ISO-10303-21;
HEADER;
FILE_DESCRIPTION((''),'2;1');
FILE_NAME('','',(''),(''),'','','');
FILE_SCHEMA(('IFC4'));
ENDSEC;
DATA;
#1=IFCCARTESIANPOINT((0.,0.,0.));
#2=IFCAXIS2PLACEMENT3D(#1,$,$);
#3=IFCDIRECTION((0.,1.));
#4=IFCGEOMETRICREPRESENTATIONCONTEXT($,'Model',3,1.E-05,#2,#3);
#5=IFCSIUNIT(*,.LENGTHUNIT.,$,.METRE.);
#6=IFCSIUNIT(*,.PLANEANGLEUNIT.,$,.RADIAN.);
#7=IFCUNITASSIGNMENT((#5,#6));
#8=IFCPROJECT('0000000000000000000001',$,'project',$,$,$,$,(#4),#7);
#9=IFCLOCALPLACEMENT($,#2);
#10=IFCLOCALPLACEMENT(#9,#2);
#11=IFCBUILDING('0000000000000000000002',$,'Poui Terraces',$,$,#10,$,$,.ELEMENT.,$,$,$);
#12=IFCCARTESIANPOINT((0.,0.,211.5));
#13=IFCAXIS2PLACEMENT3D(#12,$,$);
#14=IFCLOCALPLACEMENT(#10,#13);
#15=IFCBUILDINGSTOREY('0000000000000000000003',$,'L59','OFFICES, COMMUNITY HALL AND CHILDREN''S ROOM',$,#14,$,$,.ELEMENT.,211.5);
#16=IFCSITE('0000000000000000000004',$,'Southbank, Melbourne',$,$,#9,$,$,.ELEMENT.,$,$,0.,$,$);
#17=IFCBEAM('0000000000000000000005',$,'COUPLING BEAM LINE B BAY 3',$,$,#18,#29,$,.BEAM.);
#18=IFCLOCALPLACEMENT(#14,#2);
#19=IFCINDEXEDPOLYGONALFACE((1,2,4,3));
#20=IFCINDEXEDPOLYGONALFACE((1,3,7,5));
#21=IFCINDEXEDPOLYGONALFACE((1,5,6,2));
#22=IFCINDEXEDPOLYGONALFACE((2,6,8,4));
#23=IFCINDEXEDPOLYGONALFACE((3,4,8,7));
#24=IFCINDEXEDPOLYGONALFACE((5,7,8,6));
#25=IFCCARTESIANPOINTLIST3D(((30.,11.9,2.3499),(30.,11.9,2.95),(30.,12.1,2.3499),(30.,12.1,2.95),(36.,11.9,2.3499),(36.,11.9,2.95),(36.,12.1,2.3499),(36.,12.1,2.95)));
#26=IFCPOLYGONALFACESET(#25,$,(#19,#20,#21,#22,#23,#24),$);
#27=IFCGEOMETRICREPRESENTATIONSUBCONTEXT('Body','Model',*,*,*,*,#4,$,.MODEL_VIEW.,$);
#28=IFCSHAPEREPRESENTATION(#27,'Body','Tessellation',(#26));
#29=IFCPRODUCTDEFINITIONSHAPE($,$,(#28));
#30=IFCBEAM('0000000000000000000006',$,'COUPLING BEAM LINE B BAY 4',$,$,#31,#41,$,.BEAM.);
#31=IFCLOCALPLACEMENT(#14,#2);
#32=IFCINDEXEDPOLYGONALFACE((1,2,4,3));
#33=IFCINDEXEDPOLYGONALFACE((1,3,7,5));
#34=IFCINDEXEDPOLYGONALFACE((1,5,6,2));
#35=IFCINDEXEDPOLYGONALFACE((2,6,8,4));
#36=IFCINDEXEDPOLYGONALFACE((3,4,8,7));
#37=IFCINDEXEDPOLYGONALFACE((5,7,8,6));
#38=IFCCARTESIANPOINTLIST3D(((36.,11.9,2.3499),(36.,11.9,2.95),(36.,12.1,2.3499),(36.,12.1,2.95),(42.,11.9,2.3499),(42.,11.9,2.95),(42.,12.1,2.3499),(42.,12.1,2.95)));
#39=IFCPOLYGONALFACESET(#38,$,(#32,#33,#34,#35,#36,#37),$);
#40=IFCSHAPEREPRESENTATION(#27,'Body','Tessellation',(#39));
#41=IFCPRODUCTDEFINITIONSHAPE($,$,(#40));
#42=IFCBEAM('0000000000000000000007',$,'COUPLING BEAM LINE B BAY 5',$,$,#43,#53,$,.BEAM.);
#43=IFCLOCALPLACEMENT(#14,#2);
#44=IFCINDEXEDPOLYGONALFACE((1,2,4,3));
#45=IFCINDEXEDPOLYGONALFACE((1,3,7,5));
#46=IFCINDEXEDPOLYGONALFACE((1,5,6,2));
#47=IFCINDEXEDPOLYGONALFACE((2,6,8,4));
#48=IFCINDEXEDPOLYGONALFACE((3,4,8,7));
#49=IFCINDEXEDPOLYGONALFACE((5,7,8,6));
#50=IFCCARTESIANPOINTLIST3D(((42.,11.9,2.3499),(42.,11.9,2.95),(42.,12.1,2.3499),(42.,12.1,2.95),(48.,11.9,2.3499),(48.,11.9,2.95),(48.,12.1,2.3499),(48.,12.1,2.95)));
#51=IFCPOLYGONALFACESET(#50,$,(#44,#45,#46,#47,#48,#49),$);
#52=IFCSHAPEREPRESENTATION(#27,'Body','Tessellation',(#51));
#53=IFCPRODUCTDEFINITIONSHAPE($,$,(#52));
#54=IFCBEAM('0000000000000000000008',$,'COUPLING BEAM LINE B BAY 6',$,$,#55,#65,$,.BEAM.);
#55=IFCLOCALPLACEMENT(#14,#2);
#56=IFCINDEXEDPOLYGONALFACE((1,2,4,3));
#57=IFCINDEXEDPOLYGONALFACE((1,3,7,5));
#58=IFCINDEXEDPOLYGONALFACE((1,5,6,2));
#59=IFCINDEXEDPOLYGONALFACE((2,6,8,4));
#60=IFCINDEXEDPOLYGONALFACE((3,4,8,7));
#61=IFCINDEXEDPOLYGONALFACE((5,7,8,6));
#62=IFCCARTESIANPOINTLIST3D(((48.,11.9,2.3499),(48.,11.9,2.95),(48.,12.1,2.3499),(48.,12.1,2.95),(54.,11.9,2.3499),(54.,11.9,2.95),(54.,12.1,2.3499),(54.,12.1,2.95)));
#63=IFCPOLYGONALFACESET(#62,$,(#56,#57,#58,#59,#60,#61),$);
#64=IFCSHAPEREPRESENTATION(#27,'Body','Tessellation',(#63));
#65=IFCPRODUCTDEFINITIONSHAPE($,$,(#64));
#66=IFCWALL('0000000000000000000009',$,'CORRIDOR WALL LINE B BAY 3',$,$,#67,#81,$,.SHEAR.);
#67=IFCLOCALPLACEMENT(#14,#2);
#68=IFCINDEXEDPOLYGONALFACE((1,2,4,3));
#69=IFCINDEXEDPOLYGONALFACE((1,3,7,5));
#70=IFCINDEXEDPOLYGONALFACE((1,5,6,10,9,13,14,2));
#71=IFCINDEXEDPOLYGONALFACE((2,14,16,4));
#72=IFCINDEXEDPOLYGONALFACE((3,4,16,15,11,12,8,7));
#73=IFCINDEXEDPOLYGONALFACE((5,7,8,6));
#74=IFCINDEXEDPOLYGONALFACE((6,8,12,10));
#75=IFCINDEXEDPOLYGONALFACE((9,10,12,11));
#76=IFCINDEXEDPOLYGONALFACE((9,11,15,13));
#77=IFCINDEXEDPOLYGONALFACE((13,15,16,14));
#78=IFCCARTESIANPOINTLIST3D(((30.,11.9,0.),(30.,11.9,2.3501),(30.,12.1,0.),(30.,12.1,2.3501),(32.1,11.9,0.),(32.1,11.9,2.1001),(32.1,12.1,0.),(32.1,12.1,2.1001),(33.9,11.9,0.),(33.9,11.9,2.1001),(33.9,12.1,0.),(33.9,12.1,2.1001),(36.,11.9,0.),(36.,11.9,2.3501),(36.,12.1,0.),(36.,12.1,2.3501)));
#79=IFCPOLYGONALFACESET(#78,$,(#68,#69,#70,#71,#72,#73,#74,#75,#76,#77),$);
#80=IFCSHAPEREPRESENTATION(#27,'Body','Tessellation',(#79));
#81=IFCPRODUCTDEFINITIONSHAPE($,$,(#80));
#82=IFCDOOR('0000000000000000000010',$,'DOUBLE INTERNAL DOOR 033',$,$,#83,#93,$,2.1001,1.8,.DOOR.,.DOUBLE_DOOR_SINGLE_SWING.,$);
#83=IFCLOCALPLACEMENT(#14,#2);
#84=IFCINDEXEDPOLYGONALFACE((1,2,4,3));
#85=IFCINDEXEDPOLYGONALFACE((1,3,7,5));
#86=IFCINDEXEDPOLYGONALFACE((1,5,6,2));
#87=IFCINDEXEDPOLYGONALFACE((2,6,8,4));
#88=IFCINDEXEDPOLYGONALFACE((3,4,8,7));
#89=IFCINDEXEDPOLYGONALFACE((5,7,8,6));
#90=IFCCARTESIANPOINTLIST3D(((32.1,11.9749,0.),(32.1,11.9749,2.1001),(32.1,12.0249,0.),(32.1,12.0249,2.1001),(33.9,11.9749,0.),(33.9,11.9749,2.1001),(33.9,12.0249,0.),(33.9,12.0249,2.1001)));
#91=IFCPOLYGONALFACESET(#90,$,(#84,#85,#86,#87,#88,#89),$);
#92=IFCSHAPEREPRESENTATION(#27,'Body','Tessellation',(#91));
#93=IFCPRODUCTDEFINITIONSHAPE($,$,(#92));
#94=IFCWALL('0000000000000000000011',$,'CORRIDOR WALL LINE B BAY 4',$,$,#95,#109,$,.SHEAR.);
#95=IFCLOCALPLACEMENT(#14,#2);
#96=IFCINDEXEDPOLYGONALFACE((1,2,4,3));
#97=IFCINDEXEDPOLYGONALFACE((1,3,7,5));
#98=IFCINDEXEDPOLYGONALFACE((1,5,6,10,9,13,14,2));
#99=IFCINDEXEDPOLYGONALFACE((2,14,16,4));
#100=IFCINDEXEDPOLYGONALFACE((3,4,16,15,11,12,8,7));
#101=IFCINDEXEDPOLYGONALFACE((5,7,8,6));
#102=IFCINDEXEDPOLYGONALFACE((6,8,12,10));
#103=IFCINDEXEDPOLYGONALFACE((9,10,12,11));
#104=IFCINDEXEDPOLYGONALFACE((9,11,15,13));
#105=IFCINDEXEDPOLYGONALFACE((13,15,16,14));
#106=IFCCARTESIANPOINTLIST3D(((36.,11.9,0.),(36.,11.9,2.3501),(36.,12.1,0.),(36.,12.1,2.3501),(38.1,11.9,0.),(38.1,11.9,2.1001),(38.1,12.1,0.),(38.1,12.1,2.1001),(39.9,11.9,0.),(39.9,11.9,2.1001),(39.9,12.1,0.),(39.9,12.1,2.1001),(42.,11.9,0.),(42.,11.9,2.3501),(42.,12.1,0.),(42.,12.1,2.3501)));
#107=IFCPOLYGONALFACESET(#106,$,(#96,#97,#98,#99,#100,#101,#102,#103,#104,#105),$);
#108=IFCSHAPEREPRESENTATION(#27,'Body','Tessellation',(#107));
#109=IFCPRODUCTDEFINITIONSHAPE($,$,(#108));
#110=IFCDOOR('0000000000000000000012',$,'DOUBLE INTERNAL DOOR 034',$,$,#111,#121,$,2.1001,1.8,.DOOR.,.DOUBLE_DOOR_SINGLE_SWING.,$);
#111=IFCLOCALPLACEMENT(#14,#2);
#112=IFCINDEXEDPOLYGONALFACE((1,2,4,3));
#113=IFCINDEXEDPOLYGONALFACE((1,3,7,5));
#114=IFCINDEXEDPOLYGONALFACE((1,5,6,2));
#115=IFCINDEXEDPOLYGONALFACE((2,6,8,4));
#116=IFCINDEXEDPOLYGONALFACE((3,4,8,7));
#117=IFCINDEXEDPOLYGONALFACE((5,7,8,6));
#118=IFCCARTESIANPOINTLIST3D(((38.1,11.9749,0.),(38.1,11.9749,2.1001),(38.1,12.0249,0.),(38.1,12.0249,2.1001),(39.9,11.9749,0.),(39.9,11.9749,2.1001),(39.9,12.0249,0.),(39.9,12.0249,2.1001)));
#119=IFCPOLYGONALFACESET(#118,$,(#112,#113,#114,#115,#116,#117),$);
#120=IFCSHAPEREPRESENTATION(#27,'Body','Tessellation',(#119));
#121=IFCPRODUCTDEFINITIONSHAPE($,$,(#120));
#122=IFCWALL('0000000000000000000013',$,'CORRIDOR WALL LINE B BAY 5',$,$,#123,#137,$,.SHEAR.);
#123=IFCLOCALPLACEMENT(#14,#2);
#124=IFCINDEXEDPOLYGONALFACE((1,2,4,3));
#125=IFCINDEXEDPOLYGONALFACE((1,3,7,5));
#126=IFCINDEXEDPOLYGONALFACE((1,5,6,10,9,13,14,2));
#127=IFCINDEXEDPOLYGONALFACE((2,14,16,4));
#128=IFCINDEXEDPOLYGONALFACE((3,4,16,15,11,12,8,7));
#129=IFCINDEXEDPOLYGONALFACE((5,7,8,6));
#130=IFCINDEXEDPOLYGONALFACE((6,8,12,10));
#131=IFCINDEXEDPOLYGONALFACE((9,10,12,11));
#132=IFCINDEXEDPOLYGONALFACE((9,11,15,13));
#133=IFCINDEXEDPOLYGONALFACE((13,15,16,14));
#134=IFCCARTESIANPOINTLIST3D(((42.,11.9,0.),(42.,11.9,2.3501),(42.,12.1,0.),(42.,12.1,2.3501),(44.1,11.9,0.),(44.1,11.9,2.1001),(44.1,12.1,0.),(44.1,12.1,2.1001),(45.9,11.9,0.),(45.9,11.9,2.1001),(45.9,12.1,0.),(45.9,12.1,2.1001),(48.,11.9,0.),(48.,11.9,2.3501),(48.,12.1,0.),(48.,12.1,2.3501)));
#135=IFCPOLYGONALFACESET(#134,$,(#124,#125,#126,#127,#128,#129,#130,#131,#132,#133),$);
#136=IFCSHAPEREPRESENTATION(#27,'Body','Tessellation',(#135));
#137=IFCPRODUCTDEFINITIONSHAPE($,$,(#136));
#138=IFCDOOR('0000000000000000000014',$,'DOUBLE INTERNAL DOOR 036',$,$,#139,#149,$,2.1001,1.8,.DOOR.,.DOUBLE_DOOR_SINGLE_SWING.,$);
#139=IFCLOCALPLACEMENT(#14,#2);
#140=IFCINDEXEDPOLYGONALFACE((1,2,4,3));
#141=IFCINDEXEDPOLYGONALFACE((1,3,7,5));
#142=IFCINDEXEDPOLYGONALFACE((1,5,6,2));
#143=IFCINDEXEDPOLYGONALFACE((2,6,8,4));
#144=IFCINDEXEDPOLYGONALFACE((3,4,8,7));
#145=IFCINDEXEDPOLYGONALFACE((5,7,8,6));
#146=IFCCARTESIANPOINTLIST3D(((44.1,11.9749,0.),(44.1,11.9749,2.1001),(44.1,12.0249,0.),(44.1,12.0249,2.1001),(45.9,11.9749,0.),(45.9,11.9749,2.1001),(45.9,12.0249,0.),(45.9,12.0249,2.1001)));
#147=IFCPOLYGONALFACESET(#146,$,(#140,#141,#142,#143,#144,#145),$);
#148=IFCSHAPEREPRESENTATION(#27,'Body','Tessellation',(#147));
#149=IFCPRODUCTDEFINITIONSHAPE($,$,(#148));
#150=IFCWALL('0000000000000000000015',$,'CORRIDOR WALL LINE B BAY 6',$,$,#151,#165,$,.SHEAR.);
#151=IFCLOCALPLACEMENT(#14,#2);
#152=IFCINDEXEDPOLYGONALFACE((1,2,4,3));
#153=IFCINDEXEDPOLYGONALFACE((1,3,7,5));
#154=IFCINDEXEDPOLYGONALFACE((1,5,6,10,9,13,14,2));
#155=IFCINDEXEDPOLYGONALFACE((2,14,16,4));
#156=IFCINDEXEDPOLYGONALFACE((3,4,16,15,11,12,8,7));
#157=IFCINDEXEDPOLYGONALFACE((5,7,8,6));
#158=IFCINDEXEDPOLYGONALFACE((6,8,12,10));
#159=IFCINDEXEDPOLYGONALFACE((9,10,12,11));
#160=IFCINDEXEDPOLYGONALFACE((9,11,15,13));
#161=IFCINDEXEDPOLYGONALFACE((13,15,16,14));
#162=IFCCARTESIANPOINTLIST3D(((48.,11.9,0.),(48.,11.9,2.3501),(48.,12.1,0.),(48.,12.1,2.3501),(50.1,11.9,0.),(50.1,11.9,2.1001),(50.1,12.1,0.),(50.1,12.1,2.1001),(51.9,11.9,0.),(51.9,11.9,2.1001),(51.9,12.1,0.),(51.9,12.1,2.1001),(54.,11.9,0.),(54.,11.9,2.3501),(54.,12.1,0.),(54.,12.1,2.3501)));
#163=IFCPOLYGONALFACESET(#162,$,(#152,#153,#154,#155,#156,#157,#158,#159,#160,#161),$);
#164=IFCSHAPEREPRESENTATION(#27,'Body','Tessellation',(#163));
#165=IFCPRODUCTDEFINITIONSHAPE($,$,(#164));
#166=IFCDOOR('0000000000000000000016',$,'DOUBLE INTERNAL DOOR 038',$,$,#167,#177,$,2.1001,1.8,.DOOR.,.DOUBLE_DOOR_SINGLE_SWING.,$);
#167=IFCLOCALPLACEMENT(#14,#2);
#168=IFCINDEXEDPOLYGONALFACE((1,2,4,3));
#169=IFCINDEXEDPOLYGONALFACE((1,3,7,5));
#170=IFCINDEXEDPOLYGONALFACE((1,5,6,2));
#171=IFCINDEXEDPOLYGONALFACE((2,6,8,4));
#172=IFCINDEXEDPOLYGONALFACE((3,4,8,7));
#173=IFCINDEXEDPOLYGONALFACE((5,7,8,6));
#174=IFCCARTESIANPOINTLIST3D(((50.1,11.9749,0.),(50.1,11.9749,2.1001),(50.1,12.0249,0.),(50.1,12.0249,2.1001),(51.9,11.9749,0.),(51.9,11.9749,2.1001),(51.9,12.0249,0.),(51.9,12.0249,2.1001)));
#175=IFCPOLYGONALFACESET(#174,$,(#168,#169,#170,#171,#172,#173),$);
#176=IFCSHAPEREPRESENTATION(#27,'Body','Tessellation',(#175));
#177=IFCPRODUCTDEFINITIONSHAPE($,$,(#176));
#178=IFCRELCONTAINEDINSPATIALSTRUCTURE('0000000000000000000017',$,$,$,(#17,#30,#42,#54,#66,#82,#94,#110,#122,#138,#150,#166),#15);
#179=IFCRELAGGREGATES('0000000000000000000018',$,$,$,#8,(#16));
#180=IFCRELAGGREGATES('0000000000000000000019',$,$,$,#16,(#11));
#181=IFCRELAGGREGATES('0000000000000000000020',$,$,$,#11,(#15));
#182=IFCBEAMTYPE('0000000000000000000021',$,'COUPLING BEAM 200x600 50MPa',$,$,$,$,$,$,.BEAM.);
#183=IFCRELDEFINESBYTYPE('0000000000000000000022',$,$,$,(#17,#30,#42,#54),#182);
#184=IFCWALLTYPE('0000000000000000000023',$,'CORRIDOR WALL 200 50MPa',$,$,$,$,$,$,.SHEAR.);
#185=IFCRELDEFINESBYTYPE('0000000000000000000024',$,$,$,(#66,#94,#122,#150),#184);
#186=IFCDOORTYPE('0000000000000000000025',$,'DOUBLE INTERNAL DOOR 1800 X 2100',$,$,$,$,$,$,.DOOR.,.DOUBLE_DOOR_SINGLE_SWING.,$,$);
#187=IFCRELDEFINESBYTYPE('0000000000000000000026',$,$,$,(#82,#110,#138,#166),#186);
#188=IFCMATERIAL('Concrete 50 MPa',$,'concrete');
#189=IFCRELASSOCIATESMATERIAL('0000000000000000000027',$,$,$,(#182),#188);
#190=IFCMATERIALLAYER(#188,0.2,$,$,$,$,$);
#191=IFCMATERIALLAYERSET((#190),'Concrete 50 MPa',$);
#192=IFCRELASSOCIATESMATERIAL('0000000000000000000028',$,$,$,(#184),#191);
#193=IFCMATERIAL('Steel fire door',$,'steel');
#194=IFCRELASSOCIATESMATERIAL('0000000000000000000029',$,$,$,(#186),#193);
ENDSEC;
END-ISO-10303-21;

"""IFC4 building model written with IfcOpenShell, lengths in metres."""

from ifc_helpers import new_model, si_unit, direction, frame, frame_2d, origin, origin_2d, place, context, subcontext, project, spatial, rectangle, extrude, source, transform, mapped, material, layer, layer_set, material_profile, profile_set, type_object, element, fill, save


model = new_model("IFC4")

# Units and contexts
model_context = context("Model", 3, precision=1e-05, world=origin(), true_north=direction((0.0, 1.0)))
body_context = subcontext(model_context, "Body", "Model", "MODEL_VIEW")
ifc_project = project(units=[si_unit("LENGTHUNIT", "METRE"), si_unit("PLANEANGLEUNIT", "RADIAN")], contexts=[model_context])

# Site, building, storey
site_placement = place(None, origin())
site = spatial("IfcSite", under=ifc_project, at=site_placement, Name="Southbank, Melbourne", CompositionType="ELEMENT", RefElevation=0.0)
building_placement = place(site_placement, origin())
building = spatial("IfcBuilding", under=site, at=building_placement, Name="Poui Terraces", CompositionType="ELEMENT")
storey_placement = place(building_placement, frame((0.0, 0.0, 211.5)))
storey = spatial("IfcBuildingStorey", under=building, at=storey_placement, Name="L59", Description="OFFICES, COMMUNITY HALL AND CHILDREN'S ROOM", CompositionType="ELEMENT", Elevation=211.5)

# Beams
ifc_material_1 = material(Name="Concrete 50 MPa", Category="concrete")
ifc_material_profile = material_profile(ifc_material_1, rectangle(XDim=0.2, YDim=0.6001, at=origin_2d()), Name="RC 200x600")
ifc_profile_set = profile_set([ifc_material_profile], Name="Concrete 50 MPa")
beam_type = type_object("IfcBeamType", Name="COUPLING BEAM 200x600 50MPa", PredefinedType="BEAM", material=ifc_profile_set)
shared_shape = source(origin(), body_context, "Body", "SweptSolid", [
    extrude(rectangle(XDim=0.2, YDim=0.6001, at=origin_2d()), origin(), (0.0, 0.0, 1.0), 6.0),
])
for number, where, z_axis, x_axis, name in (
    (1, (30.0, 12.0, 2.6499), (1.0, 0.0, 0.0), (0.0, 1.0, 0.0), "COUPLING BEAM LINE B BAY 3"),
    (2, (36.0, 12.0, 2.6499), (1.0, 0.0, 0.0), (0.0, 1.0, 0.0), "COUPLING BEAM LINE B BAY 4"),
    (3, (42.0, 12.0, 2.6499), (1.0, 0.0, 0.0), (0.0, 1.0, 0.0), "COUPLING BEAM LINE B BAY 5"),
    (4, (48.0, 12.0, 2.6499), (1.0, 0.0, 0.0), (0.0, 1.0, 0.0), "COUPLING BEAM LINE B BAY 6"),
):
    element("IfcBeam", number, at=place(storey_placement, frame(where, z_axis=z_axis, x_axis=x_axis)), inside=storey, type_object=beam_type, Name=name, PredefinedType="BEAM", context=body_context, shape_type="MappedRepresentation", body=[
        mapped(shared_shape, transform((0.0, 0.0, 0.0))),
    ])

# Walls, openings, doors
ifc_layer_1 = layer(ifc_material_1, 0.2)
ifc_layer_set_1 = layer_set([ifc_layer_1], Name="Concrete 50 MPa")
wall_type_1 = type_object("IfcWallType", Name="CORRIDOR WALL 200 50MPa", PredefinedType="SHEAR", material=ifc_layer_set_1)
wall_1_placement = place(storey_placement, frame((30.0, 12.0, 0.0), z_axis=(0.0, 0.0, 1.0), x_axis=(1.0, 0.0, 0.0)))
wall_1 = element("IfcWall", 5, at=wall_1_placement, inside=storey, type_object=wall_type_1, Name="CORRIDOR WALL LINE B BAY 3", PredefinedType="SHEAR", context=body_context, shape_type="SweptSolid", body=[
    extrude(rectangle(XDim=6.0, YDim=0.2, at=frame_2d((3.0, 0.0))), origin(), (0.0, 0.0, 1.0), 2.3501),
])
opening_1_placement = place(wall_1_placement, frame((2.1001, 0.0, 0.0)))
opening_1 = element("IfcOpeningElement", 6, at=opening_1_placement, cuts=wall_1, PredefinedType="OPENING", context=body_context, shape_type="SweptSolid", body=[
    extrude(rectangle(XDim=1.8, YDim=2.1001, at=frame_2d((0.8999, 1.05))), frame((0.0, 0.1099, 0.0), z_axis=(0.0, -1.0, 0.0), x_axis=(1.0, 0.0, 0.0)), (0.0, 0.0, 1.0), 0.22),
])
ifc_material_2 = material(Name="Steel fire door", Category="steel")
door_type = type_object("IfcDoorType", Name="DOUBLE INTERNAL DOOR 1800 X 2100", OperationType="DOUBLE_DOOR_SINGLE_SWING", PredefinedType="DOOR", material=ifc_material_2)
door_1_placement = place(opening_1_placement, origin())
door_1 = element("IfcDoor", 7, at=door_1_placement, inside=storey, type_object=door_type, Name="DOUBLE INTERNAL DOOR 033", OperationType="DOUBLE_DOOR_SINGLE_SWING", OverallHeight=2.1001, OverallWidth=1.8, PredefinedType="DOOR", context=body_context, shape_type="SweptSolid", body=[
    extrude(rectangle(XDim=1.8, YDim=2.1001, at=frame_2d((0.8999, 1.05))), frame((0.0, 0.0249, 0.0), z_axis=(0.0, -1.0, 0.0), x_axis=(1.0, 0.0, 0.0)), (0.0, 0.0, 1.0), 0.05),
])
fill(opening_1, door_1)
wall_2_placement = place(storey_placement, frame((36.0, 12.0, 0.0), z_axis=(0.0, 0.0, 1.0), x_axis=(1.0, 0.0, 0.0)))
wall_2 = element("IfcWall", 8, at=wall_2_placement, inside=storey, type_object=wall_type_1, Name="CORRIDOR WALL LINE B BAY 4", PredefinedType="SHEAR", context=body_context, shape_type="SweptSolid", body=[
    extrude(rectangle(XDim=6.0, YDim=0.2, at=frame_2d((3.0, 0.0))), origin(), (0.0, 0.0, 1.0), 2.3501),
])
opening_2_placement = place(wall_2_placement, frame((2.1001, 0.0, 0.0)))
opening_2 = element("IfcOpeningElement", 9, at=opening_2_placement, cuts=wall_2, PredefinedType="OPENING", context=body_context, shape_type="SweptSolid", body=[
    extrude(rectangle(XDim=1.8, YDim=2.1001, at=frame_2d((0.8999, 1.05))), frame((0.0, 0.1099, 0.0), z_axis=(0.0, -1.0, 0.0), x_axis=(1.0, 0.0, 0.0)), (0.0, 0.0, 1.0), 0.22),
])
door_2_placement = place(opening_2_placement, origin())
door_2 = element("IfcDoor", 10, at=door_2_placement, inside=storey, type_object=door_type, Name="DOUBLE INTERNAL DOOR 034", OperationType="DOUBLE_DOOR_SINGLE_SWING", OverallHeight=2.1001, OverallWidth=1.8, PredefinedType="DOOR", context=body_context, shape_type="SweptSolid", body=[
    extrude(rectangle(XDim=1.8, YDim=2.1001, at=frame_2d((0.8999, 1.05))), frame((0.0, 0.0249, 0.0), z_axis=(0.0, -1.0, 0.0), x_axis=(1.0, 0.0, 0.0)), (0.0, 0.0, 1.0), 0.05),
])
fill(opening_2, door_2)
wall_3_placement = place(storey_placement, frame((42.0, 12.0, 0.0), z_axis=(0.0, 0.0, 1.0), x_axis=(1.0, 0.0, 0.0)))
wall_3 = element("IfcWall", 11, at=wall_3_placement, inside=storey, type_object=wall_type_1, Name="CORRIDOR WALL LINE B BAY 5", PredefinedType="SHEAR", context=body_context, shape_type="SweptSolid", body=[
    extrude(rectangle(XDim=6.0, YDim=0.2, at=frame_2d((3.0, 0.0))), origin(), (0.0, 0.0, 1.0), 2.3501),
])
opening_3_placement = place(wall_3_placement, frame((2.1001, 0.0, 0.0)))
opening_3 = element("IfcOpeningElement", 12, at=opening_3_placement, cuts=wall_3, PredefinedType="OPENING", context=body_context, shape_type="SweptSolid", body=[
    extrude(rectangle(XDim=1.8, YDim=2.1001, at=frame_2d((0.8999, 1.05))), frame((0.0, 0.1099, 0.0), z_axis=(0.0, -1.0, 0.0), x_axis=(1.0, 0.0, 0.0)), (0.0, 0.0, 1.0), 0.22),
])
door_3_placement = place(opening_3_placement, origin())
door_3 = element("IfcDoor", 13, at=door_3_placement, inside=storey, type_object=door_type, Name="DOUBLE INTERNAL DOOR 036", OperationType="DOUBLE_DOOR_SINGLE_SWING", OverallHeight=2.1001, OverallWidth=1.8, PredefinedType="DOOR", context=body_context, shape_type="SweptSolid", body=[
    extrude(rectangle(XDim=1.8, YDim=2.1001, at=frame_2d((0.8999, 1.05))), frame((0.0, 0.0249, 0.0), z_axis=(0.0, -1.0, 0.0), x_axis=(1.0, 0.0, 0.0)), (0.0, 0.0, 1.0), 0.05),
])
fill(opening_3, door_3)
wall_4_placement = place(storey_placement, frame((48.0, 12.0, 0.0), z_axis=(0.0, 0.0, 1.0), x_axis=(1.0, 0.0, 0.0)))
wall_4 = element("IfcWall", 14, at=wall_4_placement, inside=storey, type_object=wall_type_1, Name="CORRIDOR WALL LINE B BAY 6", PredefinedType="SHEAR", context=body_context, shape_type="SweptSolid", body=[
    extrude(rectangle(XDim=6.0, YDim=0.2, at=frame_2d((3.0, 0.0))), origin(), (0.0, 0.0, 1.0), 2.3501),
])
opening_4_placement = place(wall_4_placement, frame((2.1001, 0.0, 0.0)))
opening_4 = element("IfcOpeningElement", 15, at=opening_4_placement, cuts=wall_4, PredefinedType="OPENING", context=body_context, shape_type="SweptSolid", body=[
    extrude(rectangle(XDim=1.8, YDim=2.1001, at=frame_2d((0.8999, 1.05))), frame((0.0, 0.1099, 0.0), z_axis=(0.0, -1.0, 0.0), x_axis=(1.0, 0.0, 0.0)), (0.0, 0.0, 1.0), 0.22),
])
door_4_placement = place(opening_4_placement, origin())
door_4 = element("IfcDoor", 16, at=door_4_placement, inside=storey, type_object=door_type, Name="DOUBLE INTERNAL DOOR 038", OperationType="DOUBLE_DOOR_SINGLE_SWING", OverallHeight=2.1001, OverallWidth=1.8, PredefinedType="DOOR", context=body_context, shape_type="SweptSolid", body=[
    extrude(rectangle(XDim=1.8, YDim=2.1001, at=frame_2d((0.8999, 1.05))), frame((0.0, 0.0249, 0.0), z_axis=(0.0, -1.0, 0.0), x_axis=(1.0, 0.0, 0.0)), (0.0, 0.0, 1.0), 0.05),
])
fill(opening_4, door_4)

save(model, "model.ifc")
